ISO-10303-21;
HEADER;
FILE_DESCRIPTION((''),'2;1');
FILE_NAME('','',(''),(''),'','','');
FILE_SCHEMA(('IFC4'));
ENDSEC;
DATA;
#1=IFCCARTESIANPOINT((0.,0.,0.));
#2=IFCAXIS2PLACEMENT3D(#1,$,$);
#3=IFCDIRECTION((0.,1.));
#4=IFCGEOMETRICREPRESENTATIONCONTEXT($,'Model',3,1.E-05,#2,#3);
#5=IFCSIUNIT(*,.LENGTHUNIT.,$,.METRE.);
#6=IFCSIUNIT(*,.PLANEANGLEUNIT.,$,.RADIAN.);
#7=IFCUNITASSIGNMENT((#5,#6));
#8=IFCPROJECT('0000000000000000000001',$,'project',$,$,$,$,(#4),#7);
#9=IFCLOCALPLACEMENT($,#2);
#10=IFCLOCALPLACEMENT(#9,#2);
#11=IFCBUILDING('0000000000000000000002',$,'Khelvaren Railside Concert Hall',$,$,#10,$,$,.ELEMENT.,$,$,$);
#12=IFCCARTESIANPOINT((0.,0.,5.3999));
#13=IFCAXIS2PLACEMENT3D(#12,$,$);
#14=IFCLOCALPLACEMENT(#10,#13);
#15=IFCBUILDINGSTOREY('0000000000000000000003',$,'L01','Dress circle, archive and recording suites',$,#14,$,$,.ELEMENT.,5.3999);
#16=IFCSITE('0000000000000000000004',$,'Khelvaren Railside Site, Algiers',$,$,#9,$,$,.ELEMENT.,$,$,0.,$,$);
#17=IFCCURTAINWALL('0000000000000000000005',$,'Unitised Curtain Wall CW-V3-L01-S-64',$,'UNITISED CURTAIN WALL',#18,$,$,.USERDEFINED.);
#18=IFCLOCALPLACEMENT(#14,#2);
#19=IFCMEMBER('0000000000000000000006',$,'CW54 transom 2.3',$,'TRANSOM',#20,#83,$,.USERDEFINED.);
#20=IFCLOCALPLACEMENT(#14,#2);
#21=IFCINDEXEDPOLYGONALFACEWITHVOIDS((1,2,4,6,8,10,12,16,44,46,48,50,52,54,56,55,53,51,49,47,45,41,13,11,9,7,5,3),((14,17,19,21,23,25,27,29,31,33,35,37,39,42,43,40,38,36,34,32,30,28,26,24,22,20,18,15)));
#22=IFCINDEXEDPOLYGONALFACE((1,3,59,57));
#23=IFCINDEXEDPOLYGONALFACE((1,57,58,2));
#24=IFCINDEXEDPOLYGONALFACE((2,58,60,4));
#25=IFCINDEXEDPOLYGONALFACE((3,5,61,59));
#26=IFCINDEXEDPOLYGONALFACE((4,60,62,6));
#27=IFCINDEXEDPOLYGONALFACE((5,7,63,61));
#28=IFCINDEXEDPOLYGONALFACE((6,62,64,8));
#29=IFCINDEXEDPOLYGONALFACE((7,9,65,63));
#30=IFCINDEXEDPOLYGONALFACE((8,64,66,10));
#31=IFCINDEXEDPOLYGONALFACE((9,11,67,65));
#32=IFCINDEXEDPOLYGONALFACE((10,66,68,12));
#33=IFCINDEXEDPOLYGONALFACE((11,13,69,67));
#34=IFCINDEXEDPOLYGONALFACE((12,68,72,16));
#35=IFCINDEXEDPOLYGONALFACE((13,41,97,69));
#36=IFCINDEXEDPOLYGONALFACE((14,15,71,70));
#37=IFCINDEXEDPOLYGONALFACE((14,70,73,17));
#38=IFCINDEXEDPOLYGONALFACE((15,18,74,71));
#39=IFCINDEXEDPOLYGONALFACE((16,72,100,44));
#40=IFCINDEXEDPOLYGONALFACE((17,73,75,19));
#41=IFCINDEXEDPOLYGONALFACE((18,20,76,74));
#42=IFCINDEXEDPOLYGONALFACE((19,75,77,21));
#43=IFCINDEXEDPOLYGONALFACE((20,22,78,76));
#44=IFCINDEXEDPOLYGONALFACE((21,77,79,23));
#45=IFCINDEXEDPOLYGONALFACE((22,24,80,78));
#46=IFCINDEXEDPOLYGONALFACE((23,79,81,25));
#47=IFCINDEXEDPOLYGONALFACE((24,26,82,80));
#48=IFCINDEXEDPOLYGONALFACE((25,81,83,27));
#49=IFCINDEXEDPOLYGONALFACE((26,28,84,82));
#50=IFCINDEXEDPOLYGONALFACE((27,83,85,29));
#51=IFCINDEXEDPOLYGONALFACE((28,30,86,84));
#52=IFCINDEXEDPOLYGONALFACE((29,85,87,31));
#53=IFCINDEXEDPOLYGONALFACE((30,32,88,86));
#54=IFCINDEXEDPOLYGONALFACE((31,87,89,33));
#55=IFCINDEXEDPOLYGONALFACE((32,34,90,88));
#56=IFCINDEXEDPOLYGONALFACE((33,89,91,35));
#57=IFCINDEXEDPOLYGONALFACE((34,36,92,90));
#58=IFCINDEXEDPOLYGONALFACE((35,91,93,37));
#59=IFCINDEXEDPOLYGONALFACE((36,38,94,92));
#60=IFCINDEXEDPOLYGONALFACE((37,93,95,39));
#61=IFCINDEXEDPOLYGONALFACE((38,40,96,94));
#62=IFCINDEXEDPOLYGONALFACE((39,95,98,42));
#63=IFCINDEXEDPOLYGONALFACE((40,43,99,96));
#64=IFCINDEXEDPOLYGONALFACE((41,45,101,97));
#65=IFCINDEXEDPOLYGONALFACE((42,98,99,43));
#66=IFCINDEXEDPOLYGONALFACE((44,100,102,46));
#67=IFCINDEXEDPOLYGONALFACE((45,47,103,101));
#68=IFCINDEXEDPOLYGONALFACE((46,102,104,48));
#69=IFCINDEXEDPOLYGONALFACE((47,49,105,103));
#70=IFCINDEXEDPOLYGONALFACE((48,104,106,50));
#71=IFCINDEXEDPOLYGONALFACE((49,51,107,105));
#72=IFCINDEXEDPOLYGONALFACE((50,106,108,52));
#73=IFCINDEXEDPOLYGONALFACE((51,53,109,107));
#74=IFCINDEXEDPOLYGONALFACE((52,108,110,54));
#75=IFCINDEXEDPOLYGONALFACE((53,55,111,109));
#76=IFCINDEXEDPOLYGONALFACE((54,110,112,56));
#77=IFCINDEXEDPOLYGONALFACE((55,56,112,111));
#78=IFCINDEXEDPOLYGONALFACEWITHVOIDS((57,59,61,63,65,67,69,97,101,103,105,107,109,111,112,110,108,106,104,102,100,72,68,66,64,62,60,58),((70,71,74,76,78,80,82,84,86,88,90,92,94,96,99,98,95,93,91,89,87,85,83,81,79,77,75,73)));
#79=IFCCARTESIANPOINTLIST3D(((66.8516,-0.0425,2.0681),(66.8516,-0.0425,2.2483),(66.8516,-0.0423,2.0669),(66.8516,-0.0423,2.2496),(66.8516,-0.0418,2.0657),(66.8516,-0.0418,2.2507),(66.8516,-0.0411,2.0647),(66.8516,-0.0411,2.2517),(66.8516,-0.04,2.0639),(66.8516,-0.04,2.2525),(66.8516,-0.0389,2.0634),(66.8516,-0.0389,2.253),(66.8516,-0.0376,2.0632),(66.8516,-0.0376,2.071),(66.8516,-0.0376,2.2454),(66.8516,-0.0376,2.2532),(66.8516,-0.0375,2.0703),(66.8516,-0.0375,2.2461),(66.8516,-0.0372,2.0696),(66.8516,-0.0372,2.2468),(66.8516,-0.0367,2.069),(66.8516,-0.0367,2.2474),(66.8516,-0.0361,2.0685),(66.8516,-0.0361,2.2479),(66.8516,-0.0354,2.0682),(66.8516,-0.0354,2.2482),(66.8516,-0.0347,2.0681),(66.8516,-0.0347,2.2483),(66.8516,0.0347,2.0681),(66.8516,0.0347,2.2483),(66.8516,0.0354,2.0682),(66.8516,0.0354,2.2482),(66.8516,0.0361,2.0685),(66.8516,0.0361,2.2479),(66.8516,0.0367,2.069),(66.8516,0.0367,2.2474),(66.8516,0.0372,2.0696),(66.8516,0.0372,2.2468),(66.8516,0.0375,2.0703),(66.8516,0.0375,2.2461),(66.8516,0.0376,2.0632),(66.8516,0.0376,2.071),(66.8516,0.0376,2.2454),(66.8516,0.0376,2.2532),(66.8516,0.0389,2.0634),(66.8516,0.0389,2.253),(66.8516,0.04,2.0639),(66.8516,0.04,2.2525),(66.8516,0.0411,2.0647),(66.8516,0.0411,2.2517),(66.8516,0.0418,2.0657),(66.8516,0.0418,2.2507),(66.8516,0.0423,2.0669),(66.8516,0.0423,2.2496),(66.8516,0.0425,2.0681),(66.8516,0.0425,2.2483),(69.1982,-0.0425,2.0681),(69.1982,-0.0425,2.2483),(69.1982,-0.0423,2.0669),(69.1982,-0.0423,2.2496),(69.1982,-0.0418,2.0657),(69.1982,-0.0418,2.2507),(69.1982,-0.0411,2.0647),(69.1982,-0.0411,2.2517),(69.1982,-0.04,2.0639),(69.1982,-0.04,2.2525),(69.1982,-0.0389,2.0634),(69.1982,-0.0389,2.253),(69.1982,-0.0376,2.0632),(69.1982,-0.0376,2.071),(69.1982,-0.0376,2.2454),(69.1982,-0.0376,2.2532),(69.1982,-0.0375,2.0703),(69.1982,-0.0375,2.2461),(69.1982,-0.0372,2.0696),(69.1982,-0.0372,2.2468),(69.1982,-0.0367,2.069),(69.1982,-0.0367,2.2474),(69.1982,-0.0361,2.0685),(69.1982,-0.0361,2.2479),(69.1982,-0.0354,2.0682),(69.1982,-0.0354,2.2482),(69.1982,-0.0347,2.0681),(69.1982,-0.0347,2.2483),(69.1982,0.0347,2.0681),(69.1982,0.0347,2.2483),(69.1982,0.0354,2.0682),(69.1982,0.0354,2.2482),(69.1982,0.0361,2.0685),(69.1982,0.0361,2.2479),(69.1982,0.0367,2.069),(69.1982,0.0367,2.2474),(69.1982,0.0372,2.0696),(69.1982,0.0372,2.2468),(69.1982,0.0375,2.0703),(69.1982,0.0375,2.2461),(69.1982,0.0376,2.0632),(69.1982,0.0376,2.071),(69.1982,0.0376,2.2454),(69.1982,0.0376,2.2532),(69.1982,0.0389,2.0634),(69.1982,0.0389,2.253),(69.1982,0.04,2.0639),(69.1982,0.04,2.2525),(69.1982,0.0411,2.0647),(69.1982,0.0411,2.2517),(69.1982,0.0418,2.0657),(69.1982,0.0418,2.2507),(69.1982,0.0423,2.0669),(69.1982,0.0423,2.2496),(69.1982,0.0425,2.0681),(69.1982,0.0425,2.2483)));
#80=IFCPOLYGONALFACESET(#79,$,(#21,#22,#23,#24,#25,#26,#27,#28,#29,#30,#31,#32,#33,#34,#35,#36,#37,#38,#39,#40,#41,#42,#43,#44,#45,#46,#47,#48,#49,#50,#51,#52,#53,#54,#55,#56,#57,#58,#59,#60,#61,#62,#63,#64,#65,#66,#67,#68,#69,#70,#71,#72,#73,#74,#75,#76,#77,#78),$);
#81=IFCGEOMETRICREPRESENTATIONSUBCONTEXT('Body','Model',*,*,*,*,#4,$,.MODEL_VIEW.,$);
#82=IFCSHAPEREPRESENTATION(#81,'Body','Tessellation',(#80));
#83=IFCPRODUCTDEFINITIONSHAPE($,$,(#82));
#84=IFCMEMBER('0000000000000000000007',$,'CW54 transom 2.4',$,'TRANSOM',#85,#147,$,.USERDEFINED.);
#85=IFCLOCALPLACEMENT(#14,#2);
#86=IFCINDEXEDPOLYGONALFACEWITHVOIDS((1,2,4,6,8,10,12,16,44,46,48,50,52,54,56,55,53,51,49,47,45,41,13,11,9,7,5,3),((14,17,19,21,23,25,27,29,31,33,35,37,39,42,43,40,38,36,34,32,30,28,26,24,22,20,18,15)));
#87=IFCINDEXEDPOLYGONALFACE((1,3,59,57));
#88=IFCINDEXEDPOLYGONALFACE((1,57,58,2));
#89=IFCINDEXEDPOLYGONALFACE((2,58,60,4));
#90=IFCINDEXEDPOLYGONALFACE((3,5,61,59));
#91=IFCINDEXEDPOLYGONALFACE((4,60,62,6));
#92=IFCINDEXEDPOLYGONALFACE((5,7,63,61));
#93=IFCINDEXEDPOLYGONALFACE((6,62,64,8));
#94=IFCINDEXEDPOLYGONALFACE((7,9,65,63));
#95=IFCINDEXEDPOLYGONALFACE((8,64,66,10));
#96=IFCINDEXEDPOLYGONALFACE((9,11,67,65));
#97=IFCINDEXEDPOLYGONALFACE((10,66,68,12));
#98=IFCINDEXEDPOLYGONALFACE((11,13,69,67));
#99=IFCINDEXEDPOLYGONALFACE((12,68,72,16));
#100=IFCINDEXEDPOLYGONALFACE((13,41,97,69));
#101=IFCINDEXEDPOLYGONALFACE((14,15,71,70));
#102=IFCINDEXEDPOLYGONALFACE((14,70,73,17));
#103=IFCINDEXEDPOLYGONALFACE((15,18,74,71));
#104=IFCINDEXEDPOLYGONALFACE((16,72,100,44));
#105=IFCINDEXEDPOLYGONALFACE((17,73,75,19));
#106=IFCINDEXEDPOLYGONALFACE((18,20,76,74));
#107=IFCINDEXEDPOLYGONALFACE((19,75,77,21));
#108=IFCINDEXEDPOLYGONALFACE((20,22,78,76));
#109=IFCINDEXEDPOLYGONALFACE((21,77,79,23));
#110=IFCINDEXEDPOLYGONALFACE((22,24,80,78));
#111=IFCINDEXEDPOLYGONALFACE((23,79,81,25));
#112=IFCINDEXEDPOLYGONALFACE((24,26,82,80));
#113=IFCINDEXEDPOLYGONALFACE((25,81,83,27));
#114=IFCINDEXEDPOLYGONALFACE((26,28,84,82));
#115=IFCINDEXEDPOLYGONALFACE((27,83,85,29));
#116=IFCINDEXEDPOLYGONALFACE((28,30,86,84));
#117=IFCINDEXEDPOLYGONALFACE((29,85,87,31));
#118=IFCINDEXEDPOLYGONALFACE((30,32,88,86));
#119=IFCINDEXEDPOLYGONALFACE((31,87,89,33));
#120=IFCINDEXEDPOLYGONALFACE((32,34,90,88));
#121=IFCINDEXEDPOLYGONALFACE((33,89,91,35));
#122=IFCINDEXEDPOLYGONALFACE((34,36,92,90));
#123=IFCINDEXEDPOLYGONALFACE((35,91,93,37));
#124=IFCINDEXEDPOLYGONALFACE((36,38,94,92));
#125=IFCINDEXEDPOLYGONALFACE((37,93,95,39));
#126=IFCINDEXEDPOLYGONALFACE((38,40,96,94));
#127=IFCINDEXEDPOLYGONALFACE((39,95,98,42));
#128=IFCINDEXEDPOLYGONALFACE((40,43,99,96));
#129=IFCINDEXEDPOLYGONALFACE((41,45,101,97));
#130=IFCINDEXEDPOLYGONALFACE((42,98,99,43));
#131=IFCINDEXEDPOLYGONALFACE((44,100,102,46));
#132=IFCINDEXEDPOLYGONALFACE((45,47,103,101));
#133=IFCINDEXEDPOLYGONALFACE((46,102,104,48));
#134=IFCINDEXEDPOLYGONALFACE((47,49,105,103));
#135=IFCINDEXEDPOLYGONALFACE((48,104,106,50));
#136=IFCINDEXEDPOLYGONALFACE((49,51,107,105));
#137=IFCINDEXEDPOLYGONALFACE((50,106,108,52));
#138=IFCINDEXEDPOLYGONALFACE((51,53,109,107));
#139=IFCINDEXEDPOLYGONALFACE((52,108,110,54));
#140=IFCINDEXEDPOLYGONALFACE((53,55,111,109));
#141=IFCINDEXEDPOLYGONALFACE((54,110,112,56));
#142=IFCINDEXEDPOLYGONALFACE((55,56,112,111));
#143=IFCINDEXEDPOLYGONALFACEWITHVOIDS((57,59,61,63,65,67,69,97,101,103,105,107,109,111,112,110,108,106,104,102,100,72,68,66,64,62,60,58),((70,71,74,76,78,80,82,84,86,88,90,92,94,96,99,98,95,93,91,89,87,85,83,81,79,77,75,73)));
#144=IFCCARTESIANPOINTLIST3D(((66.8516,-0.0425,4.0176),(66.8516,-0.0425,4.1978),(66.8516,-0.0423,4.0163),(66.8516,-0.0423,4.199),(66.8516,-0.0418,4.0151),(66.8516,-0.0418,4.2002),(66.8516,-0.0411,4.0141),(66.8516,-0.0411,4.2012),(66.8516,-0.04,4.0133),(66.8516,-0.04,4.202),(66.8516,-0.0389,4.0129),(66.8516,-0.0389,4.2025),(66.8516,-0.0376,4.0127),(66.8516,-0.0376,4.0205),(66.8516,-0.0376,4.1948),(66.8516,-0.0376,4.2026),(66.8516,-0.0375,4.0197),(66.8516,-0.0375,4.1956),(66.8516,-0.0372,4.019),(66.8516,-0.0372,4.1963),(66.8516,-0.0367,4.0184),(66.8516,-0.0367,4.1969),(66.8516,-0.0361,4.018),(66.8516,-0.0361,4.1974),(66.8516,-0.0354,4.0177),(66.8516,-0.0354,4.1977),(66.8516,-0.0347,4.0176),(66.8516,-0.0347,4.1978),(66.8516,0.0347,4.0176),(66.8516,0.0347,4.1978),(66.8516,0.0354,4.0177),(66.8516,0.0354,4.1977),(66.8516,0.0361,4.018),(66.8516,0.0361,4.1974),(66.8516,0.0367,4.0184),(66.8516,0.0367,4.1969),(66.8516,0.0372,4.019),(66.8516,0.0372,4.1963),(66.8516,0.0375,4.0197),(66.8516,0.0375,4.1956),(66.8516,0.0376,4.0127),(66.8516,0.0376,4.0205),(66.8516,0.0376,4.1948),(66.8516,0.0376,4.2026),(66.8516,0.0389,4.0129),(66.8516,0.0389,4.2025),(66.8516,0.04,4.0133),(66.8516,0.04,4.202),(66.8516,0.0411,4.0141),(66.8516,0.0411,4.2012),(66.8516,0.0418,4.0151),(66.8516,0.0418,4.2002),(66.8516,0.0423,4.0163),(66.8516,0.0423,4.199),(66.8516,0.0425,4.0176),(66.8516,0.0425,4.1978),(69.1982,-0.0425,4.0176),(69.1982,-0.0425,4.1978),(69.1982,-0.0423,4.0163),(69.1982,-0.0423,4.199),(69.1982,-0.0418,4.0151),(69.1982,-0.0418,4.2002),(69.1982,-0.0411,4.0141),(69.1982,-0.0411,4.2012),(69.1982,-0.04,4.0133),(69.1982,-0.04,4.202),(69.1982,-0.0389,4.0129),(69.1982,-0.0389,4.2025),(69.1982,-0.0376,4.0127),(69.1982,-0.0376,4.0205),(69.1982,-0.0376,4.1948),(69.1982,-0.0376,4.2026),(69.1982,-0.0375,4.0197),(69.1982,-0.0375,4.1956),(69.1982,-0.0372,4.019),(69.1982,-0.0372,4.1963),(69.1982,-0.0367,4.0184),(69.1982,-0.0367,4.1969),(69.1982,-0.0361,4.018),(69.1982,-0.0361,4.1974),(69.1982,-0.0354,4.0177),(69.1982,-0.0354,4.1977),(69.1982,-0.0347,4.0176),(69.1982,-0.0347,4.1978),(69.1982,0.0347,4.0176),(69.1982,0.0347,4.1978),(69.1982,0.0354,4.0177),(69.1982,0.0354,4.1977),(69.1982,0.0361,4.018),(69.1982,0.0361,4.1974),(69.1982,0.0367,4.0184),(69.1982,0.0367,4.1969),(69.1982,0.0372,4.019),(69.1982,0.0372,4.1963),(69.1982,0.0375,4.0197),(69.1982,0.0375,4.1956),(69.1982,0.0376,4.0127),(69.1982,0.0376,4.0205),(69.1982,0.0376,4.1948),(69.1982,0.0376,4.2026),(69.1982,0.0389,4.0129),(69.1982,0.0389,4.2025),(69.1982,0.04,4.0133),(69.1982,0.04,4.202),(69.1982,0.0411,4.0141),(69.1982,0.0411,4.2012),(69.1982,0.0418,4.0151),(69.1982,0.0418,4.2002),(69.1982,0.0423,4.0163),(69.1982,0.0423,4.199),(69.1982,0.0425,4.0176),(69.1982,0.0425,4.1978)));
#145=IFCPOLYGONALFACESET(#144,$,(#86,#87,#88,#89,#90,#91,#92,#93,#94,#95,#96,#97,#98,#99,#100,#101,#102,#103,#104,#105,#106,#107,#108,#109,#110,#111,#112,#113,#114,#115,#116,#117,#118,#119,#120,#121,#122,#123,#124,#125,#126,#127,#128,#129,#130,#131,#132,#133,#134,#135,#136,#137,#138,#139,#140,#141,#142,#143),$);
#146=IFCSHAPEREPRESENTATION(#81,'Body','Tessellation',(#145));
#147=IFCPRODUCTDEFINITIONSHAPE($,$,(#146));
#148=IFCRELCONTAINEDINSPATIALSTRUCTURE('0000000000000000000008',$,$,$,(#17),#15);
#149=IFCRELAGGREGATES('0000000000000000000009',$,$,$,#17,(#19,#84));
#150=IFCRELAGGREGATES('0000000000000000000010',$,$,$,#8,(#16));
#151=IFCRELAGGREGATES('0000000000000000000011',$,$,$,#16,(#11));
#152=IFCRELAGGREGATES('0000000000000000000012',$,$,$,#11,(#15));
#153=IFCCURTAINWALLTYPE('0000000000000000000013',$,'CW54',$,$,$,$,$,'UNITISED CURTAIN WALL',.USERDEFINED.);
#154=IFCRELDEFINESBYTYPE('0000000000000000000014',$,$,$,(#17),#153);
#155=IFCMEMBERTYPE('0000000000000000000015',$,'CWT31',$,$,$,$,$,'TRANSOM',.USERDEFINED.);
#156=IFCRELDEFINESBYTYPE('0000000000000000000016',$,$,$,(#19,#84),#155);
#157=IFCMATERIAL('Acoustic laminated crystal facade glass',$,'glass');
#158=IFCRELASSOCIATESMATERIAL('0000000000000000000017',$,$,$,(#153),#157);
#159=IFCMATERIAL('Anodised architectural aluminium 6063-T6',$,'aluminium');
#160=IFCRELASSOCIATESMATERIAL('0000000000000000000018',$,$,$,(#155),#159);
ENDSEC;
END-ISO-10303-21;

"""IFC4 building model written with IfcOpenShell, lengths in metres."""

from ifc_helpers import new_model, si_unit, direction, frame, origin, origin_2d, place, context, subcontext, project, spatial, hollow_rectangle, extrude, material, material_profile, profile_set, type_object, element, aggregate, save


model = new_model("IFC4")

# Units and contexts
model_context = context("Model", 3, precision=1e-05, world=origin(), true_north=direction((0.0, 1.0)))
body_context = subcontext(model_context, "Body", "Model", "MODEL_VIEW")
ifc_project = project(units=[si_unit("LENGTHUNIT", "METRE"), si_unit("PLANEANGLEUNIT", "RADIAN")], contexts=[model_context])

# Site, building, storey
site_placement = place(None, origin())
site = spatial("IfcSite", under=ifc_project, at=site_placement, Name="Khelvaren Railside Site, Algiers", CompositionType="ELEMENT", RefElevation=0.0)
building_placement = place(site_placement, origin())
building = spatial("IfcBuilding", under=site, at=building_placement, Name="Khelvaren Railside Concert Hall", CompositionType="ELEMENT")
storey_placement = place(building_placement, frame((0.0, 0.0, 5.3999)))
storey = spatial("IfcBuildingStorey", under=building, at=storey_placement, Name="L01", Description="Dress circle, archive and recording suites", CompositionType="ELEMENT", Elevation=5.3999)

# Curtain wall, members
ifc_material_1 = material(Name="Acoustic laminated crystal facade glass", Category="glass")
curtain_wall_type = type_object("IfcCurtainWallType", Name="CW54", ElementType="UNITISED CURTAIN WALL", PredefinedType="USERDEFINED", material=ifc_material_1)
curtain_wall_placement = place(storey_placement, origin())
curtain_wall = element("IfcCurtainWall", 1, at=curtain_wall_placement, inside=storey, type_object=curtain_wall_type, Name="Unitised Curtain Wall CW-V3-L01-S-64", ObjectType="UNITISED CURTAIN WALL", PredefinedType="USERDEFINED")
ifc_material_2 = material(Name="Anodised architectural aluminium 6063-T6", Category="aluminium")
ifc_material_profile_1 = material_profile(ifc_material_2, hollow_rectangle(XDim=0.085, YDim=0.1899, WallThickness=0.0049, InnerFilletRadius=0.0029, OuterFilletRadius=0.0049, at=origin_2d()), Name="CWT 85x190x5")
ifc_profile_set_1 = profile_set([ifc_material_profile_1], Name="Anodised architectural aluminium 6063-T6")
member_type_1 = type_object("IfcMemberType", Name="CWT31", ElementType="TRANSOM", PredefinedType="USERDEFINED", material=ifc_profile_set_1)
member_1_placement = place(storey_placement, frame((69.1982, 0.0, 2.1582), z_axis=(-1.0, 0.0, 0.0), x_axis=(0.0, -1.0, 0.0)))
member_1 = element("IfcMember", 2, at=member_1_placement, type_object=member_type_1, Name="CW54 transom 2.3", ObjectType="TRANSOM", PredefinedType="USERDEFINED", context=body_context, shape_type="SweptSolid", body=[
    extrude(hollow_rectangle(XDim=0.085, YDim=0.1899, WallThickness=0.0049, InnerFilletRadius=0.0029, OuterFilletRadius=0.0049, at=origin_2d()), origin(), (0.0, 0.0, 1.0), 2.3467),
])
member_2_placement = place(storey_placement, frame((69.1982, 0.0, 4.1077), z_axis=(-1.0, 0.0, 0.0), x_axis=(0.0, -1.0, 0.0)))
member_2 = element("IfcMember", 3, at=member_2_placement, type_object=member_type_1, Name="CW54 transom 2.4", ObjectType="TRANSOM", PredefinedType="USERDEFINED", context=body_context, shape_type="SweptSolid", body=[
    extrude(hollow_rectangle(XDim=0.085, YDim=0.1899, WallThickness=0.0049, InnerFilletRadius=0.0029, OuterFilletRadius=0.0049, at=origin_2d()), origin(), (0.0, 0.0, 1.0), 2.3467),
])

aggregate(curtain_wall, [member_1, member_2])

save(model, "model.ifc")
